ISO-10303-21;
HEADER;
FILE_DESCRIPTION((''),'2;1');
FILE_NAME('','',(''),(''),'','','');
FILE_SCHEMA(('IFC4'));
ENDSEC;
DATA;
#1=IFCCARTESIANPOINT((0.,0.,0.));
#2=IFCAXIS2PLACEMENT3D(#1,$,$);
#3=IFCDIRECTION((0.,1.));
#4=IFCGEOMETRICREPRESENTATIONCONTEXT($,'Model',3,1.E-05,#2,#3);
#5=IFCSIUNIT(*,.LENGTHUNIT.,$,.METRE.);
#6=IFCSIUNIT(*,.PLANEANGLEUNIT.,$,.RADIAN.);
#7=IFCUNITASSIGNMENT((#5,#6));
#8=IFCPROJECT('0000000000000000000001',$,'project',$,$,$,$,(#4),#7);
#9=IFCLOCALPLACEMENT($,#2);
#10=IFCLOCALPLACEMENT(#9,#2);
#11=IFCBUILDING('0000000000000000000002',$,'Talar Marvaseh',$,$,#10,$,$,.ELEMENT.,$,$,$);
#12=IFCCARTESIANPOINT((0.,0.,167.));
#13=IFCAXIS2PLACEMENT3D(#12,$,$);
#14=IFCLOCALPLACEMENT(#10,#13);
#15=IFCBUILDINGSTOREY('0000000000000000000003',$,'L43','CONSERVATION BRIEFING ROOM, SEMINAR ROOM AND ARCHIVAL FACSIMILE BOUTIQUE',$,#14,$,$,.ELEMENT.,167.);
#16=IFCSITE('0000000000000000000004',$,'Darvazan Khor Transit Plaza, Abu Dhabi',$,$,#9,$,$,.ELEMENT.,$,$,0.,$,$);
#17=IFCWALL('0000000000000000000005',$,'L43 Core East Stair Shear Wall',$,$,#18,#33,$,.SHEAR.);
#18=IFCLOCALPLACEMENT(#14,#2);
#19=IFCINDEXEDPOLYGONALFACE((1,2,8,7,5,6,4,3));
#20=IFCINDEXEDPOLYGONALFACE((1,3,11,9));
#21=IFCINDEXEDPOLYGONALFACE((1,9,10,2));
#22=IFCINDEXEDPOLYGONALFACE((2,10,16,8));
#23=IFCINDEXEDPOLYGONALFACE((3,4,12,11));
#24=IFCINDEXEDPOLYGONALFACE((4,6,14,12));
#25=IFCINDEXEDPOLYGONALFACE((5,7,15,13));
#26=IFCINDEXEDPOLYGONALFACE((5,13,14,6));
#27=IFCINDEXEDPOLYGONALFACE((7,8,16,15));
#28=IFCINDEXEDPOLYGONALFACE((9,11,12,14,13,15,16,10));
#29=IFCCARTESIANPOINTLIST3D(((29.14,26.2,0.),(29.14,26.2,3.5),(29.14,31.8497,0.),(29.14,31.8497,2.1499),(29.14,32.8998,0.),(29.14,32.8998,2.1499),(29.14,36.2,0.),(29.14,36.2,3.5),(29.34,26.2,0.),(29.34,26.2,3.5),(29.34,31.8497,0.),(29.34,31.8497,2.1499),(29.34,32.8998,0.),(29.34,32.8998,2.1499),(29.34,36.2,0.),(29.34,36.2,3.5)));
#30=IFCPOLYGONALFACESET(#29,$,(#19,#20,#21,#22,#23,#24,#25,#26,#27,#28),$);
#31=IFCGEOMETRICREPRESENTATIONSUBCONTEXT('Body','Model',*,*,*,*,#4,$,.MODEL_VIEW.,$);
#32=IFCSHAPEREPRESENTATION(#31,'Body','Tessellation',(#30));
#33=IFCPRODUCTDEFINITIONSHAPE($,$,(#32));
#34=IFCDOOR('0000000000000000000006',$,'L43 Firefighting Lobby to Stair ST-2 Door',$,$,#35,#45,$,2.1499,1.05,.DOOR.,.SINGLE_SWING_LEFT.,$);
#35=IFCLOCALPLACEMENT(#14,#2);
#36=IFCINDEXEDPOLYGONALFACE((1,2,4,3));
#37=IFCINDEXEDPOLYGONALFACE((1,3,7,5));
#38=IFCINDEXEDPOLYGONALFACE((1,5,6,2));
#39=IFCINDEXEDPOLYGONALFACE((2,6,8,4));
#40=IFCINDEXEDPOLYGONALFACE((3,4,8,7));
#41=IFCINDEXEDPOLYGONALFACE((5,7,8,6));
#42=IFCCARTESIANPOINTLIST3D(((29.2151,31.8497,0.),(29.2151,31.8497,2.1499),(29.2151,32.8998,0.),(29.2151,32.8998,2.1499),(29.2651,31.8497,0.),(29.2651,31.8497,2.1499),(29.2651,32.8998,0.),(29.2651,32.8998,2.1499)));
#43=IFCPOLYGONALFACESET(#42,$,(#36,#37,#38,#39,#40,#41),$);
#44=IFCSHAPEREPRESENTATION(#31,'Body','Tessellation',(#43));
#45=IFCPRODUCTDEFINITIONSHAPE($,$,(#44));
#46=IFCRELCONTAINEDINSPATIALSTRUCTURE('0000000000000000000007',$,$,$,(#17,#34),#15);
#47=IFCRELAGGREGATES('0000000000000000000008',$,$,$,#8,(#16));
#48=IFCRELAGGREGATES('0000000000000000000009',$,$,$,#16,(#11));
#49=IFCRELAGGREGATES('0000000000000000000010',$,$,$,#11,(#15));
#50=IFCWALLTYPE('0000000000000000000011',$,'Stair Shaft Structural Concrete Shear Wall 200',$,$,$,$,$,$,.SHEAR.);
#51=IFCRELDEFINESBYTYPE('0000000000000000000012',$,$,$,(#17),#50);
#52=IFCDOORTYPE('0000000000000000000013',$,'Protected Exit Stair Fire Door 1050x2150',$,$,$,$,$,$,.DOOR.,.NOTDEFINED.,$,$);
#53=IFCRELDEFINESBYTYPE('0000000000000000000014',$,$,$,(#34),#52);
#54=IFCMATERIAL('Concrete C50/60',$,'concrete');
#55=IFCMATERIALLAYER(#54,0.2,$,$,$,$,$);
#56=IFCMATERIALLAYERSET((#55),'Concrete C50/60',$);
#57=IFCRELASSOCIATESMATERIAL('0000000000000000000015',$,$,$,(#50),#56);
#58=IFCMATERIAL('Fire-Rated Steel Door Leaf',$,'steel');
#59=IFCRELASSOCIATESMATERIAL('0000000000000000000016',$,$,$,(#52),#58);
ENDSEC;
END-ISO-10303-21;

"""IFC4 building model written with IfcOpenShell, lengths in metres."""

from ifc_helpers import new_model, si_unit, direction, frame, frame_2d, origin, place, context, subcontext, project, spatial, rectangle, extrude, source, transform, mapped, material, layer, layer_set, type_object, type_shapes, element, fill, save


model = new_model("IFC4")

# Units and contexts
model_context = context("Model", 3, precision=1e-05, world=origin(), true_north=direction((0.0, 1.0)))
body_context = subcontext(model_context, "Body", "Model", "MODEL_VIEW")
ifc_project = project(units=[si_unit("LENGTHUNIT", "METRE"), si_unit("PLANEANGLEUNIT", "RADIAN")], contexts=[model_context])

# Site, building, storey
site_placement = place(None, origin())
site = spatial("IfcSite", under=ifc_project, at=site_placement, Name="Darvazan Khor Transit Plaza, Abu Dhabi", CompositionType="ELEMENT", RefElevation=0.0)
building_placement = place(site_placement, origin())
building = spatial("IfcBuilding", under=site, at=building_placement, Name="Talar Marvaseh", CompositionType="ELEMENT")
storey_placement = place(building_placement, frame((0.0, 0.0, 167.0)))
storey = spatial("IfcBuildingStorey", under=building, at=storey_placement, Name="L43", Description="CONSERVATION BRIEFING ROOM, SEMINAR ROOM AND ARCHIVAL FACSIMILE BOUTIQUE", CompositionType="ELEMENT", Elevation=167.0)

# Shared definitions
ifc_material_1 = material(Name="Concrete C50/60", Category="concrete")
ifc_layer_1 = layer(ifc_material_1, 0.2)
ifc_layer_set_1 = layer_set([ifc_layer_1], Name="Concrete C50/60")
wall_type_1 = type_object("IfcWallType", Name="Stair Shaft Structural Concrete Shear Wall 200", PredefinedType="SHEAR", material=ifc_layer_set_1)

# Wall, opening, door
wall_1_placement = place(storey_placement, frame((29.24, 26.2, 0.0), z_axis=(0.0, 0.0, 1.0), x_axis=(0.0, 1.0, 0.0)))
wall_1 = element("IfcWall", 1, at=wall_1_placement, inside=storey, type_object=wall_type_1, Name="L43 Core East Stair Shear Wall", PredefinedType="SHEAR", context=body_context, shape_type="SweptSolid", body=[
    extrude(rectangle(XDim=10.0, YDim=0.2, at=frame_2d((5.0, 0.0))), origin(), (0.0, 0.0, 1.0), 3.5),
])
opening_placement = place(wall_1_placement, frame((5.6499, 0.0, 0.0)))
opening = element("IfcOpeningElement", 2, at=opening_placement, cuts=wall_1, PredefinedType="OPENING", context=body_context, shape_type="SweptSolid", body=[
    extrude(rectangle(XDim=1.05, YDim=2.1499, at=frame_2d((0.5249, 1.075))), frame((0.0, 0.1099, 0.0), z_axis=(0.0, -1.0, 0.0), x_axis=(1.0, 0.0, 0.0)), (0.0, 0.0, 1.0), 0.22),
])
ifc_material_2 = material(Name="Fire-Rated Steel Door Leaf", Category="steel")
door_type = type_object("IfcDoorType", Name="Protected Exit Stair Fire Door 1050x2150", OperationType="NOTDEFINED", PredefinedType="DOOR", material=ifc_material_2)
shared_shape_1 = source(origin(), body_context, "Body", "SweptSolid", [
    extrude(rectangle(XDim=1.05, YDim=2.1499, at=frame_2d((0.5249, 1.075))), frame((0.0, 0.0249, 0.0), z_axis=(0.0, -1.0, 0.0), x_axis=(1.0, 0.0, 0.0)), (0.0, 0.0, 1.0), 0.05),
])
type_shapes(door_type, [shared_shape_1])
door_placement = place(opening_placement, origin())
door = element("IfcDoor", 3, at=door_placement, inside=storey, type_object=door_type, Name="L43 Firefighting Lobby to Stair ST-2 Door", OperationType="SINGLE_SWING_LEFT", OverallHeight=2.1499, OverallWidth=1.05, PredefinedType="DOOR", context=body_context, shape_type="MappedRepresentation", body=[
    mapped(shared_shape_1, transform((0.0, 0.0, 0.0), x_axis=(1.0, 0.0, 0.0), y_axis=(0.0, 1.0, 0.0), z_axis=(0.0, 0.0, 1.0), scale=1.0)),
])
fill(opening, door)

save(model, "model.ifc")
